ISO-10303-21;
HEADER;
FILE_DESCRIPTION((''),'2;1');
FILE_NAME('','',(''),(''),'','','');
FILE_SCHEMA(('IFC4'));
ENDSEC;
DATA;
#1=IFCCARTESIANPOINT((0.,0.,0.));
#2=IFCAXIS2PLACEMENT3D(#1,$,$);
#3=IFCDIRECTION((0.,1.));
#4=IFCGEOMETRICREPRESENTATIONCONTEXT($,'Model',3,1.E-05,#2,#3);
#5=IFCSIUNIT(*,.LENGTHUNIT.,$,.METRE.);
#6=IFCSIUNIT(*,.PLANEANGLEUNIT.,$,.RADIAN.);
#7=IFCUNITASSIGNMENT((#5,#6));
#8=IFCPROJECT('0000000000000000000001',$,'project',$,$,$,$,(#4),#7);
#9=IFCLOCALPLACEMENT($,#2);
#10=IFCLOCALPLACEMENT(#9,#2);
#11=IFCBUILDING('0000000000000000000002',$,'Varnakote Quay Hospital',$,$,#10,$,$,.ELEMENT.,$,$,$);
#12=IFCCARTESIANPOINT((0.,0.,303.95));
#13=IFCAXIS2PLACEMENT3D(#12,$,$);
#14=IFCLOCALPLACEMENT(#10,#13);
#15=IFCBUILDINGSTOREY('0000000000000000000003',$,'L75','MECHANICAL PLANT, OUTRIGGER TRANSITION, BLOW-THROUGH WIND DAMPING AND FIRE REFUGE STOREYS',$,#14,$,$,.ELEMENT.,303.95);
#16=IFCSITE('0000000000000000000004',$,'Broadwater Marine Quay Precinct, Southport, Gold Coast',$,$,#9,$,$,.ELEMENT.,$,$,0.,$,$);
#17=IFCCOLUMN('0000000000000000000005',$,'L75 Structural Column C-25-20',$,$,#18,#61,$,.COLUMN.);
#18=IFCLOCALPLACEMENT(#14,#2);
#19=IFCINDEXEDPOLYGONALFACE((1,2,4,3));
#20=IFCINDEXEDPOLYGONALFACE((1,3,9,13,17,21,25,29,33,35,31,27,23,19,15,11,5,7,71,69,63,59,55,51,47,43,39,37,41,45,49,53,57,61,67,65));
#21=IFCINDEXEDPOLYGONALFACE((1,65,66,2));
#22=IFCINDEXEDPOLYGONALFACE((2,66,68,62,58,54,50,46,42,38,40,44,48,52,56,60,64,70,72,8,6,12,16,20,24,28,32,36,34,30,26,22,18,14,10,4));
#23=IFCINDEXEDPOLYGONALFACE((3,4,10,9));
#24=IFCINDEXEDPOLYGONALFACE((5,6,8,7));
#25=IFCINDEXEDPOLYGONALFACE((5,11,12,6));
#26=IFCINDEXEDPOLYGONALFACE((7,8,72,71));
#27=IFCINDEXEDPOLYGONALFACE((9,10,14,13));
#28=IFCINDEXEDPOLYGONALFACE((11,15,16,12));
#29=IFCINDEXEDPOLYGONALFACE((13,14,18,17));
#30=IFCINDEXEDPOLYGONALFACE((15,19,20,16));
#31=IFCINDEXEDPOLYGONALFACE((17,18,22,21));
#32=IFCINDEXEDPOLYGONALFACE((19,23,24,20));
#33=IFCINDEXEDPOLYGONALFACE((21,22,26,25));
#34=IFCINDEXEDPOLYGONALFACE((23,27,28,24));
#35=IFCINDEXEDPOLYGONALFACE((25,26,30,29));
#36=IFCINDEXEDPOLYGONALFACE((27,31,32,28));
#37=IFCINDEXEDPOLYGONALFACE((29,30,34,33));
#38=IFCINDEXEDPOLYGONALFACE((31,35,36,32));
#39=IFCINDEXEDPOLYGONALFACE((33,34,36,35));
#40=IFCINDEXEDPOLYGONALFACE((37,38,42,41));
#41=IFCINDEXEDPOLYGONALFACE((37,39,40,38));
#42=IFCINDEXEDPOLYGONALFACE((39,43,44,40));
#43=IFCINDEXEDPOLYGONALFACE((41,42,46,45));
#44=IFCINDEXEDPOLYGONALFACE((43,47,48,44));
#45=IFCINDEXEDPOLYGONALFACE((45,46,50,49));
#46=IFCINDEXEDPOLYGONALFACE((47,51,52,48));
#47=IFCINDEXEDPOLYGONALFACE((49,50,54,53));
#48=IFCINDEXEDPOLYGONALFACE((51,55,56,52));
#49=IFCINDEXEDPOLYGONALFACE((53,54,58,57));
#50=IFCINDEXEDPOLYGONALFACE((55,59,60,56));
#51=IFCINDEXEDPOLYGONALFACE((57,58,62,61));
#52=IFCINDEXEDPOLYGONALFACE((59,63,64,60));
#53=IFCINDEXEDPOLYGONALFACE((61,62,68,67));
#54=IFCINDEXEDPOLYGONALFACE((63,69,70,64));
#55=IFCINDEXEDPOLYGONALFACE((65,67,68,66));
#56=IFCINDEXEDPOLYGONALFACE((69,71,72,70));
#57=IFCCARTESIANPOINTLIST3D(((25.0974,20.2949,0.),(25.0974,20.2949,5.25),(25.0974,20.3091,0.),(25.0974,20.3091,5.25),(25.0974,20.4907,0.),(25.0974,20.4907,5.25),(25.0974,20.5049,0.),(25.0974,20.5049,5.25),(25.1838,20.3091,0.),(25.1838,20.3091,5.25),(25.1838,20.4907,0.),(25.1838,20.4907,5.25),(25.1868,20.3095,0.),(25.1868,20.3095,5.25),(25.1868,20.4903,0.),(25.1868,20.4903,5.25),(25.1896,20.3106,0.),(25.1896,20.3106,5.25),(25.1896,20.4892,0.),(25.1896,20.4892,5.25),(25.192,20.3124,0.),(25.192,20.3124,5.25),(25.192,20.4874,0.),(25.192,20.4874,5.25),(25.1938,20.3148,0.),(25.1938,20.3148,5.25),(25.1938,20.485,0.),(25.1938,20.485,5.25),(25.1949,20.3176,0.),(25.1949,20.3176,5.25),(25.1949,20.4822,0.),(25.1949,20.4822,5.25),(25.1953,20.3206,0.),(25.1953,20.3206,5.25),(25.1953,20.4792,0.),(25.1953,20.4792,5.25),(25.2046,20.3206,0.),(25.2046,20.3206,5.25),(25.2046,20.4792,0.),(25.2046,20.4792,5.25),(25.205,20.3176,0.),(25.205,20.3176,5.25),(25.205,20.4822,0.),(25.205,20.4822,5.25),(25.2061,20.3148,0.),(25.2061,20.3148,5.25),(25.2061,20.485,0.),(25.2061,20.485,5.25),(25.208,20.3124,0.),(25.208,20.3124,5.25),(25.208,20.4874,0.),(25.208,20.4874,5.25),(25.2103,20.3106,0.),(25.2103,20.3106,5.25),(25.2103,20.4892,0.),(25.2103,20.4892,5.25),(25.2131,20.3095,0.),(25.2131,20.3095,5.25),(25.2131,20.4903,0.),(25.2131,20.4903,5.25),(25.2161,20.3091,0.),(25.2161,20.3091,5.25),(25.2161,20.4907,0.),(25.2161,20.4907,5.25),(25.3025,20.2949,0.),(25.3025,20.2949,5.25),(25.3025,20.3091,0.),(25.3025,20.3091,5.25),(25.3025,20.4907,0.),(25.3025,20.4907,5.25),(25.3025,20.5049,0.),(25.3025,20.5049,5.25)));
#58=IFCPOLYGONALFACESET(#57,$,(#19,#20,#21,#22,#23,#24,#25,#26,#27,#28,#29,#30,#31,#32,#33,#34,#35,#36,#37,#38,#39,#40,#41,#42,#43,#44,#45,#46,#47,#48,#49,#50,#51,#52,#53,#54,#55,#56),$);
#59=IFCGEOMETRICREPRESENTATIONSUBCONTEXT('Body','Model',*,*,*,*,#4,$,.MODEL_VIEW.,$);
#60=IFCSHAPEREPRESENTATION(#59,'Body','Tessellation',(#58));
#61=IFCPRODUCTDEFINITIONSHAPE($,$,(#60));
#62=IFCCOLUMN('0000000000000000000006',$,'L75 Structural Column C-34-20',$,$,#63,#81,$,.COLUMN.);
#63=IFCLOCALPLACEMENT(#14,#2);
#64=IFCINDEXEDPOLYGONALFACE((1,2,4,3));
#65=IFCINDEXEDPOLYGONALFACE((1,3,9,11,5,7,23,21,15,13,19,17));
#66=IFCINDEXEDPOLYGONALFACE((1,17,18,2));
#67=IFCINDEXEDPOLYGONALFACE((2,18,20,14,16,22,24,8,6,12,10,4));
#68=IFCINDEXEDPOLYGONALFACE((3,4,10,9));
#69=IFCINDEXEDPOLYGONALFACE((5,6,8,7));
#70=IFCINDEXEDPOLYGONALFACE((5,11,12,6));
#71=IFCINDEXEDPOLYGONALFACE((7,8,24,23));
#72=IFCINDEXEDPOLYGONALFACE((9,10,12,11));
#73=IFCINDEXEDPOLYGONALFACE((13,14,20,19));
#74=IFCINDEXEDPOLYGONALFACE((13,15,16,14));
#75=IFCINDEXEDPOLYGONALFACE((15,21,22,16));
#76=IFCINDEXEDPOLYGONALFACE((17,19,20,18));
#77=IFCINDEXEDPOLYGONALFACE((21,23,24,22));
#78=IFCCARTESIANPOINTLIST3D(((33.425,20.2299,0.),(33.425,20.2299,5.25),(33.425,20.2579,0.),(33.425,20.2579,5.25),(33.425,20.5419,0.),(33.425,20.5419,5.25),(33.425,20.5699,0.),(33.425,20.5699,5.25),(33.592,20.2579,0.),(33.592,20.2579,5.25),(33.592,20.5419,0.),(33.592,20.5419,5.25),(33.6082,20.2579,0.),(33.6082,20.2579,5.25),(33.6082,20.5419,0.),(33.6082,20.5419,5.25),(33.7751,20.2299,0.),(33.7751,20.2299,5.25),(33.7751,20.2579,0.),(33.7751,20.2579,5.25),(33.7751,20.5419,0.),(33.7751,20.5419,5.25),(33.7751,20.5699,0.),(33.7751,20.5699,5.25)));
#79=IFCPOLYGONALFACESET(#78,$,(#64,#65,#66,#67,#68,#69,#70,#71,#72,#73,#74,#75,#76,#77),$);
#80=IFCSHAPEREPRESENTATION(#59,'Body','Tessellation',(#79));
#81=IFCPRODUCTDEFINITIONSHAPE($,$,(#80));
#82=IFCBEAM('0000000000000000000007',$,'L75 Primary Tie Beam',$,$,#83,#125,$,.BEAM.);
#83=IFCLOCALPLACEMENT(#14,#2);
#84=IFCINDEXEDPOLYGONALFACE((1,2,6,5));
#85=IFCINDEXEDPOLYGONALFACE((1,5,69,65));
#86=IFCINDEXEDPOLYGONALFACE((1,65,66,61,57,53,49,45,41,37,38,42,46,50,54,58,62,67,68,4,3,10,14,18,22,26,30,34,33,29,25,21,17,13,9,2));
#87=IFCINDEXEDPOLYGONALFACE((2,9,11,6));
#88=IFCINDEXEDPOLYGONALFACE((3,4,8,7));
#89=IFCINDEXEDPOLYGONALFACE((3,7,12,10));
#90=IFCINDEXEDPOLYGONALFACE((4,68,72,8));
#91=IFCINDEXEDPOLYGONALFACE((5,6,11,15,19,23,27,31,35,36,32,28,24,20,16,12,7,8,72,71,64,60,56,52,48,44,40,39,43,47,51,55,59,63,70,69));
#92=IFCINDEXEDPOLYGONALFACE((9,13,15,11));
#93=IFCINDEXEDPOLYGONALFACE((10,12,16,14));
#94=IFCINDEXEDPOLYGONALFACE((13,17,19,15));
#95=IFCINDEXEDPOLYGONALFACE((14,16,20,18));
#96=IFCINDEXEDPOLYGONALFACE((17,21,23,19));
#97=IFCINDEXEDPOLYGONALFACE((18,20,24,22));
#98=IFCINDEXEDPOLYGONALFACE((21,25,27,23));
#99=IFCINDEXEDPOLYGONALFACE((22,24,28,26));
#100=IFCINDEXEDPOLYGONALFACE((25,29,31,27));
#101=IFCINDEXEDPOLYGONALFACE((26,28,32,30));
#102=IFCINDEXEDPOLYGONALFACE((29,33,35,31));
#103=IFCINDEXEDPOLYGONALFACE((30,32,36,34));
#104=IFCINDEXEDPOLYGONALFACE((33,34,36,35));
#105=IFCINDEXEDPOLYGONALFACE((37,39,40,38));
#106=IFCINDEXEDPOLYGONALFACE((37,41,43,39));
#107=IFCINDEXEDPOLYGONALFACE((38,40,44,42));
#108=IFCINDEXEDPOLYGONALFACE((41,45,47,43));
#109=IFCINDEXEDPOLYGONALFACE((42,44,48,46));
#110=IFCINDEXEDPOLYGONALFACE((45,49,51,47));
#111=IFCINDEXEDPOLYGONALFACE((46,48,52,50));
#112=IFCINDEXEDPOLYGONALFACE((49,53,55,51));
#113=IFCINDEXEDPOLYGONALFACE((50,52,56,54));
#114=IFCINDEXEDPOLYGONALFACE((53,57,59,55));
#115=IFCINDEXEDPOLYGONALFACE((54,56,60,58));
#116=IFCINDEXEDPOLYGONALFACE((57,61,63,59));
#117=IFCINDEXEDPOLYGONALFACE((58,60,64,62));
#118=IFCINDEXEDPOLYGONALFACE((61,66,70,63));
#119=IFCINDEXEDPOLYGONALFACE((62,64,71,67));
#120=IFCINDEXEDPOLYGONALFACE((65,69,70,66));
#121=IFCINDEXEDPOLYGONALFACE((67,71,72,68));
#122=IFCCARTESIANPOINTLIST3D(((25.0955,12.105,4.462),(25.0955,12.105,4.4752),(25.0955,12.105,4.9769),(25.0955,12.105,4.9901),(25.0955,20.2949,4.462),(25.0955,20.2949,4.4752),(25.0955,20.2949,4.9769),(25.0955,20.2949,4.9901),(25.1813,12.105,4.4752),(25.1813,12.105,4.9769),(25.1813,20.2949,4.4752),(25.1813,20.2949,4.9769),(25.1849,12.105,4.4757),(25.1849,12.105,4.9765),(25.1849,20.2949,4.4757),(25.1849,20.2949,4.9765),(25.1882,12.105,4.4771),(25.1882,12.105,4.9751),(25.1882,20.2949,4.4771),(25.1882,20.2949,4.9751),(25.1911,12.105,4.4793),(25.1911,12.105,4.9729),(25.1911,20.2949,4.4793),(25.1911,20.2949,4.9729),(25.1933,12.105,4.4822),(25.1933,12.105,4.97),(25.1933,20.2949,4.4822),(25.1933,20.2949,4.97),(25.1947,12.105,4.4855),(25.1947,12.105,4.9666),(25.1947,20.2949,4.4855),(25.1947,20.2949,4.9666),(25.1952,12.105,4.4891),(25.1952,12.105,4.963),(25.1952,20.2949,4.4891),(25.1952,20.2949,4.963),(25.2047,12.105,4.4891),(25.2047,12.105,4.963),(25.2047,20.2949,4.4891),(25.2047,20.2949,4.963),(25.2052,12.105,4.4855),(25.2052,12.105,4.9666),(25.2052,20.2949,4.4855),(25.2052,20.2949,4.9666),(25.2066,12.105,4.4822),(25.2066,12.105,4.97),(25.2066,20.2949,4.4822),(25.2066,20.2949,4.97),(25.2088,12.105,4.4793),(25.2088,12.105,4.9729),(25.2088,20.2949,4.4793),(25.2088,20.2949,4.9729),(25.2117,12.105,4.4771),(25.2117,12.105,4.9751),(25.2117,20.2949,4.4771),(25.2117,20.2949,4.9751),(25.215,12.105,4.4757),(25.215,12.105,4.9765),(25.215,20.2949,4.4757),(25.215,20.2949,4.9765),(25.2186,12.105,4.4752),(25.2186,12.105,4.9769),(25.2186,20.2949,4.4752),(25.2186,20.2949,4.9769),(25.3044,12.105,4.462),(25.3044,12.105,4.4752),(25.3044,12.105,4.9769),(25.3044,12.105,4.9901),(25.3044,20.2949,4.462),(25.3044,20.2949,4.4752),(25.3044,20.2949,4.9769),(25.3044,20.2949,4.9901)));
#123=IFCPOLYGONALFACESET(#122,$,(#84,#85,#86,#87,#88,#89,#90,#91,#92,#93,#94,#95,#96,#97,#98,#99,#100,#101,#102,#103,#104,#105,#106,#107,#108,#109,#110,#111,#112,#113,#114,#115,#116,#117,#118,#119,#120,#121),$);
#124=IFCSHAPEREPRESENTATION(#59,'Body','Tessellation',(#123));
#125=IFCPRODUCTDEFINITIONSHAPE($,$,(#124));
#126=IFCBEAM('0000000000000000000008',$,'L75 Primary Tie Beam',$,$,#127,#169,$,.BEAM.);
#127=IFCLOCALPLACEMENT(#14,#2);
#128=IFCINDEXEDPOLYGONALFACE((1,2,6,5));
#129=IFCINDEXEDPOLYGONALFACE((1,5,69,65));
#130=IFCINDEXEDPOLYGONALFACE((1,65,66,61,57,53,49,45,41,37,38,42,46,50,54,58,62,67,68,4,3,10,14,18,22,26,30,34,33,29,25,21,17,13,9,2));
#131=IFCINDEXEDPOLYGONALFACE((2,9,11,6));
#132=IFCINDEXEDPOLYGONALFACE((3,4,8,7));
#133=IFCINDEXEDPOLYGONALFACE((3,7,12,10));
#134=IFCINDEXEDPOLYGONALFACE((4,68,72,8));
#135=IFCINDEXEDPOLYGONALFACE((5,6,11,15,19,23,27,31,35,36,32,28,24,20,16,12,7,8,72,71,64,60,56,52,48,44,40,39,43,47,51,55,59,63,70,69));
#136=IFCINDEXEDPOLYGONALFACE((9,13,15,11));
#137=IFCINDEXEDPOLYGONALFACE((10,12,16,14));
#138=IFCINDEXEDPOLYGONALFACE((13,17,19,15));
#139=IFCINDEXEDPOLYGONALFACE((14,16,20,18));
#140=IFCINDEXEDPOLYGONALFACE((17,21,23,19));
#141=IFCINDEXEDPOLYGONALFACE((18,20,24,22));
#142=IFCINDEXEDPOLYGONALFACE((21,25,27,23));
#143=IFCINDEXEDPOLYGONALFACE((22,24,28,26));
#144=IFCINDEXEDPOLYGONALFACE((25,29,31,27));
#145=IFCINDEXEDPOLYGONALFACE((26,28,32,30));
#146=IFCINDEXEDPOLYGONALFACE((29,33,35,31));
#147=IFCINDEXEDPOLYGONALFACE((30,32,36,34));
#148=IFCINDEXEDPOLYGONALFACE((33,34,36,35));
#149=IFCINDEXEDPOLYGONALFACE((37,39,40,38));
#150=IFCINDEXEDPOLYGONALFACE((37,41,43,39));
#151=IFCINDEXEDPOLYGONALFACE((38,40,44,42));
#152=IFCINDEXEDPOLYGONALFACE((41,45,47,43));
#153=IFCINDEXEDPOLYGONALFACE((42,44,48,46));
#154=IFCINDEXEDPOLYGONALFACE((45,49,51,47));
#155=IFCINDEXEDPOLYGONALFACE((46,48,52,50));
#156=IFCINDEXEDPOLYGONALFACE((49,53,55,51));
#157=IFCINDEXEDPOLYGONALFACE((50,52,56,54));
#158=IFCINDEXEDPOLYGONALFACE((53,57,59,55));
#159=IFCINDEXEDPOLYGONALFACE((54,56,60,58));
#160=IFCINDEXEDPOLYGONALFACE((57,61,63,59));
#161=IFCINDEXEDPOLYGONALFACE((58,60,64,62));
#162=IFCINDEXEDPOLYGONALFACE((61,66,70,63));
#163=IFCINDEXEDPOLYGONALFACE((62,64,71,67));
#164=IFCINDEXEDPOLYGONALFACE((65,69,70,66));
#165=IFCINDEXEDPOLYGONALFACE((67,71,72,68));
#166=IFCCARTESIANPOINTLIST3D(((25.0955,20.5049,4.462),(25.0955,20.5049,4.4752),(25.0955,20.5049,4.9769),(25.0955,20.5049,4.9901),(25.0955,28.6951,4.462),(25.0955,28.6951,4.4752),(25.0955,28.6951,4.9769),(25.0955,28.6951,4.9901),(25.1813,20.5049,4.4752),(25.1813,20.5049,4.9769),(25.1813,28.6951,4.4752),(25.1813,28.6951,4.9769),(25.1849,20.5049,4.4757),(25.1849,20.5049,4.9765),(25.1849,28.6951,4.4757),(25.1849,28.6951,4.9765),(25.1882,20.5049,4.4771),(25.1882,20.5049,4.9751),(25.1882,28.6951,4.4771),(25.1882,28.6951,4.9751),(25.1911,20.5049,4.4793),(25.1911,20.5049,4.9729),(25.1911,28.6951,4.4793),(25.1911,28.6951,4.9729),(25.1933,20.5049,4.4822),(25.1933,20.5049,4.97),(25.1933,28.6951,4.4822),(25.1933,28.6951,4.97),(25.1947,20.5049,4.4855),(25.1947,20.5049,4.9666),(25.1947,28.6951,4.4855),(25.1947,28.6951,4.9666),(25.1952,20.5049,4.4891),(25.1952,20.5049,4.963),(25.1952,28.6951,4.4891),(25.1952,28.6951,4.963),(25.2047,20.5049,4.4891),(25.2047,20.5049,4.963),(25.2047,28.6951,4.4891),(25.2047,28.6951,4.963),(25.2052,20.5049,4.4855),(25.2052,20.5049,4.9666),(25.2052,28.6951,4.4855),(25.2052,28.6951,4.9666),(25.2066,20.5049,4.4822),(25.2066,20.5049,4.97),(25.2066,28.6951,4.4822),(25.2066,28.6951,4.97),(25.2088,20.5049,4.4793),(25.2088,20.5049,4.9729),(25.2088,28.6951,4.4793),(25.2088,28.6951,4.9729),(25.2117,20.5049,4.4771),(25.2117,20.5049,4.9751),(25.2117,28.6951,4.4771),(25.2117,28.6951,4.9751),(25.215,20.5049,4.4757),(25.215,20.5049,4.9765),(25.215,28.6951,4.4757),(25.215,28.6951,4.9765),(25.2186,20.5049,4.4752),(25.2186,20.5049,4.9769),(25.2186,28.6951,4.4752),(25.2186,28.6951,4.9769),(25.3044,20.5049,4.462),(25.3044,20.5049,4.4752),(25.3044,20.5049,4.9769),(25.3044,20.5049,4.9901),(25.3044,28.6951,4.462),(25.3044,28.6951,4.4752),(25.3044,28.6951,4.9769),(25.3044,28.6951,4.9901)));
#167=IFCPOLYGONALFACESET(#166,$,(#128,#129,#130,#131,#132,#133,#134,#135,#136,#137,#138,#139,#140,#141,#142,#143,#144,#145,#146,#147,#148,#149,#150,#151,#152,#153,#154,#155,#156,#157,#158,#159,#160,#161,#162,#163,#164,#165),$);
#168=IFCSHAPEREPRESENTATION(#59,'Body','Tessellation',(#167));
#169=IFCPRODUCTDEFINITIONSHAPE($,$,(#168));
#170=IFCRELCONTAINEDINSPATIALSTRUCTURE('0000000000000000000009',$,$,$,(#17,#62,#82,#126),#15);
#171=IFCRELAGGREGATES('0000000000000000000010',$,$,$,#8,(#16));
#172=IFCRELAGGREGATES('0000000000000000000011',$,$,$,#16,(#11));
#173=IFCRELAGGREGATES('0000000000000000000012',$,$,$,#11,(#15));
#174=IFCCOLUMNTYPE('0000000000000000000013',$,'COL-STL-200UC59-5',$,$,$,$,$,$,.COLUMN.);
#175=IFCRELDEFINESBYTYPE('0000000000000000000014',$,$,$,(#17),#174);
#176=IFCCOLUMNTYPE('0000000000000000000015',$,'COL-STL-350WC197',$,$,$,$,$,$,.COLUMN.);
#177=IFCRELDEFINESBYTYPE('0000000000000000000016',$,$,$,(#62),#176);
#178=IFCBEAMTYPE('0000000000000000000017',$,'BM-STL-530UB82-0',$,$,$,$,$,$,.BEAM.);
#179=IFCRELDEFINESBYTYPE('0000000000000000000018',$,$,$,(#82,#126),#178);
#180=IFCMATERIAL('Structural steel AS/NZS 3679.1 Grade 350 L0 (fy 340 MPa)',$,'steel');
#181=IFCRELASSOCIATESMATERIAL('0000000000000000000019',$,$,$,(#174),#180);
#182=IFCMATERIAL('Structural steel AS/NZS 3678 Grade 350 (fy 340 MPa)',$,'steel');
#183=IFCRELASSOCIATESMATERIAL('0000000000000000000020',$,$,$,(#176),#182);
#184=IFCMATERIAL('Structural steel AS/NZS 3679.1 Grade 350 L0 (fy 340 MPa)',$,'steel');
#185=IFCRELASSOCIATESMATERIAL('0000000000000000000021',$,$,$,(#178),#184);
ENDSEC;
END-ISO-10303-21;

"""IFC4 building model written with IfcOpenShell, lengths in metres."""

from ifc_helpers import new_model, si_unit, direction, frame, origin, origin_2d, place, context, subcontext, project, spatial, i_section, extrude, material, material_profile, profile_set, type_object, element, save


model = new_model("IFC4")

# Units and contexts
model_context = context("Model", 3, precision=1e-05, world=origin(), true_north=direction((0.0, 1.0)))
body_context = subcontext(model_context, "Body", "Model", "MODEL_VIEW")
ifc_project = project(units=[si_unit("LENGTHUNIT", "METRE"), si_unit("PLANEANGLEUNIT", "RADIAN")], contexts=[model_context])

# Site, building, storey
site_placement = place(None, origin())
site = spatial("IfcSite", under=ifc_project, at=site_placement, Name="Broadwater Marine Quay Precinct, Southport, Gold Coast", CompositionType="ELEMENT", RefElevation=0.0)
building_placement = place(site_placement, origin())
building = spatial("IfcBuilding", under=site, at=building_placement, Name="Varnakote Quay Hospital", CompositionType="ELEMENT")
storey_placement = place(building_placement, frame((0.0, 0.0, 303.95)))
storey = spatial("IfcBuildingStorey", under=building, at=storey_placement, Name="L75", Description="MECHANICAL PLANT, OUTRIGGER TRANSITION, BLOW-THROUGH WIND DAMPING AND FIRE REFUGE STOREYS", CompositionType="ELEMENT", Elevation=303.95)

# Columns
ifc_material_1 = material(Name="Structural steel AS/NZS 3679.1 Grade 350 L0 (fy 340 MPa)", Category="steel")
ifc_material_profile_1 = material_profile(ifc_material_1, i_section(OverallWidth=0.2051, OverallDepth=0.21, WebThickness=0.0093, FlangeThickness=0.0142, FilletRadius=0.0115, at=origin_2d()), Name="200UC59.5")
ifc_profile_set_1 = profile_set([ifc_material_profile_1], Name="Structural steel AS/NZS 3679.1 Grade 350 L0 (fy 340 MPa)")
column_type_1 = type_object("IfcColumnType", Name="COL-STL-200UC59-5", PredefinedType="COLUMN", material=ifc_profile_set_1)
column_1_placement = place(storey_placement, frame((25.2, 20.3999, 0.0), z_axis=(0.0, 0.0, 1.0), x_axis=(1.0, 0.0, 0.0)))
element("IfcColumn", 1, at=column_1_placement, inside=storey, type_object=column_type_1, Name="L75 Structural Column C-25-20", PredefinedType="COLUMN", context=body_context, shape_type="SweptSolid", body=[
    extrude(i_section(OverallWidth=0.2051, OverallDepth=0.21, WebThickness=0.0093, FlangeThickness=0.0142, FilletRadius=0.0115, at=origin_2d()), origin(), (0.0, 0.0, 1.0), 5.25),
])
ifc_material_2 = material(Name="Structural steel AS/NZS 3678 Grade 350 (fy 340 MPa)", Category="steel")
ifc_material_profile_2 = material_profile(ifc_material_2, i_section(OverallWidth=0.3501, OverallDepth=0.3401, WebThickness=0.0161, FlangeThickness=0.0281, at=origin_2d()), Name="350WC197")
ifc_profile_set_2 = profile_set([ifc_material_profile_2], Name="Structural steel AS/NZS 3678 Grade 350 (fy 340 MPa)")
column_type_2 = type_object("IfcColumnType", Name="COL-STL-350WC197", PredefinedType="COLUMN", material=ifc_profile_set_2)
column_2_placement = place(storey_placement, frame((33.6001, 20.3999, 0.0), z_axis=(0.0, 0.0, 1.0), x_axis=(1.0, 0.0, 0.0)))
element("IfcColumn", 2, at=column_2_placement, inside=storey, type_object=column_type_2, Name="L75 Structural Column C-34-20", PredefinedType="COLUMN", context=body_context, shape_type="SweptSolid", body=[
    extrude(i_section(OverallWidth=0.3501, OverallDepth=0.3401, WebThickness=0.0161, FlangeThickness=0.0281, at=origin_2d()), origin(), (0.0, 0.0, 1.0), 5.25),
])

# Beams
ifc_material_3 = material(Name="Structural steel AS/NZS 3679.1 Grade 350 L0 (fy 340 MPa)", Category="steel")
ifc_material_profile_3 = material_profile(ifc_material_3, i_section(OverallWidth=0.209, OverallDepth=0.5281, WebThickness=0.0095, FlangeThickness=0.0132, FilletRadius=0.0139, at=origin_2d()), Name="530UB82.0")
ifc_profile_set_3 = profile_set([ifc_material_profile_3], Name="Structural steel AS/NZS 3679.1 Grade 350 L0 (fy 340 MPa)")
beam_type_1 = type_object("IfcBeamType", Name="BM-STL-530UB82-0", PredefinedType="BEAM", material=ifc_profile_set_3)
beam_1_placement = place(storey_placement, frame((25.2, 12.105, 4.7261), z_axis=(0.0, 1.0, 0.0), x_axis=(-1.0, 0.0, 0.0)))
element("IfcBeam", 3, at=beam_1_placement, inside=storey, type_object=beam_type_1, Name="L75 Primary Tie Beam", PredefinedType="BEAM", context=body_context, shape_type="SweptSolid", body=[
    extrude(i_section(OverallWidth=0.209, OverallDepth=0.5281, WebThickness=0.0095, FlangeThickness=0.0132, FilletRadius=0.0139, at=origin_2d()), origin(), (0.0, 0.0, 1.0), 8.1899),
])
beam_2_placement = place(storey_placement, frame((25.2, 20.5049, 4.7261), z_axis=(0.0, 1.0, 0.0), x_axis=(-1.0, 0.0, 0.0)))
element("IfcBeam", 4, at=beam_2_placement, inside=storey, type_object=beam_type_1, Name="L75 Primary Tie Beam", PredefinedType="BEAM", context=body_context, shape_type="SweptSolid", body=[
    extrude(i_section(OverallWidth=0.209, OverallDepth=0.5281, WebThickness=0.0095, FlangeThickness=0.0132, FilletRadius=0.0139, at=origin_2d()), origin(), (0.0, 0.0, 1.0), 8.1902),
])

save(model, "model.ifc")
